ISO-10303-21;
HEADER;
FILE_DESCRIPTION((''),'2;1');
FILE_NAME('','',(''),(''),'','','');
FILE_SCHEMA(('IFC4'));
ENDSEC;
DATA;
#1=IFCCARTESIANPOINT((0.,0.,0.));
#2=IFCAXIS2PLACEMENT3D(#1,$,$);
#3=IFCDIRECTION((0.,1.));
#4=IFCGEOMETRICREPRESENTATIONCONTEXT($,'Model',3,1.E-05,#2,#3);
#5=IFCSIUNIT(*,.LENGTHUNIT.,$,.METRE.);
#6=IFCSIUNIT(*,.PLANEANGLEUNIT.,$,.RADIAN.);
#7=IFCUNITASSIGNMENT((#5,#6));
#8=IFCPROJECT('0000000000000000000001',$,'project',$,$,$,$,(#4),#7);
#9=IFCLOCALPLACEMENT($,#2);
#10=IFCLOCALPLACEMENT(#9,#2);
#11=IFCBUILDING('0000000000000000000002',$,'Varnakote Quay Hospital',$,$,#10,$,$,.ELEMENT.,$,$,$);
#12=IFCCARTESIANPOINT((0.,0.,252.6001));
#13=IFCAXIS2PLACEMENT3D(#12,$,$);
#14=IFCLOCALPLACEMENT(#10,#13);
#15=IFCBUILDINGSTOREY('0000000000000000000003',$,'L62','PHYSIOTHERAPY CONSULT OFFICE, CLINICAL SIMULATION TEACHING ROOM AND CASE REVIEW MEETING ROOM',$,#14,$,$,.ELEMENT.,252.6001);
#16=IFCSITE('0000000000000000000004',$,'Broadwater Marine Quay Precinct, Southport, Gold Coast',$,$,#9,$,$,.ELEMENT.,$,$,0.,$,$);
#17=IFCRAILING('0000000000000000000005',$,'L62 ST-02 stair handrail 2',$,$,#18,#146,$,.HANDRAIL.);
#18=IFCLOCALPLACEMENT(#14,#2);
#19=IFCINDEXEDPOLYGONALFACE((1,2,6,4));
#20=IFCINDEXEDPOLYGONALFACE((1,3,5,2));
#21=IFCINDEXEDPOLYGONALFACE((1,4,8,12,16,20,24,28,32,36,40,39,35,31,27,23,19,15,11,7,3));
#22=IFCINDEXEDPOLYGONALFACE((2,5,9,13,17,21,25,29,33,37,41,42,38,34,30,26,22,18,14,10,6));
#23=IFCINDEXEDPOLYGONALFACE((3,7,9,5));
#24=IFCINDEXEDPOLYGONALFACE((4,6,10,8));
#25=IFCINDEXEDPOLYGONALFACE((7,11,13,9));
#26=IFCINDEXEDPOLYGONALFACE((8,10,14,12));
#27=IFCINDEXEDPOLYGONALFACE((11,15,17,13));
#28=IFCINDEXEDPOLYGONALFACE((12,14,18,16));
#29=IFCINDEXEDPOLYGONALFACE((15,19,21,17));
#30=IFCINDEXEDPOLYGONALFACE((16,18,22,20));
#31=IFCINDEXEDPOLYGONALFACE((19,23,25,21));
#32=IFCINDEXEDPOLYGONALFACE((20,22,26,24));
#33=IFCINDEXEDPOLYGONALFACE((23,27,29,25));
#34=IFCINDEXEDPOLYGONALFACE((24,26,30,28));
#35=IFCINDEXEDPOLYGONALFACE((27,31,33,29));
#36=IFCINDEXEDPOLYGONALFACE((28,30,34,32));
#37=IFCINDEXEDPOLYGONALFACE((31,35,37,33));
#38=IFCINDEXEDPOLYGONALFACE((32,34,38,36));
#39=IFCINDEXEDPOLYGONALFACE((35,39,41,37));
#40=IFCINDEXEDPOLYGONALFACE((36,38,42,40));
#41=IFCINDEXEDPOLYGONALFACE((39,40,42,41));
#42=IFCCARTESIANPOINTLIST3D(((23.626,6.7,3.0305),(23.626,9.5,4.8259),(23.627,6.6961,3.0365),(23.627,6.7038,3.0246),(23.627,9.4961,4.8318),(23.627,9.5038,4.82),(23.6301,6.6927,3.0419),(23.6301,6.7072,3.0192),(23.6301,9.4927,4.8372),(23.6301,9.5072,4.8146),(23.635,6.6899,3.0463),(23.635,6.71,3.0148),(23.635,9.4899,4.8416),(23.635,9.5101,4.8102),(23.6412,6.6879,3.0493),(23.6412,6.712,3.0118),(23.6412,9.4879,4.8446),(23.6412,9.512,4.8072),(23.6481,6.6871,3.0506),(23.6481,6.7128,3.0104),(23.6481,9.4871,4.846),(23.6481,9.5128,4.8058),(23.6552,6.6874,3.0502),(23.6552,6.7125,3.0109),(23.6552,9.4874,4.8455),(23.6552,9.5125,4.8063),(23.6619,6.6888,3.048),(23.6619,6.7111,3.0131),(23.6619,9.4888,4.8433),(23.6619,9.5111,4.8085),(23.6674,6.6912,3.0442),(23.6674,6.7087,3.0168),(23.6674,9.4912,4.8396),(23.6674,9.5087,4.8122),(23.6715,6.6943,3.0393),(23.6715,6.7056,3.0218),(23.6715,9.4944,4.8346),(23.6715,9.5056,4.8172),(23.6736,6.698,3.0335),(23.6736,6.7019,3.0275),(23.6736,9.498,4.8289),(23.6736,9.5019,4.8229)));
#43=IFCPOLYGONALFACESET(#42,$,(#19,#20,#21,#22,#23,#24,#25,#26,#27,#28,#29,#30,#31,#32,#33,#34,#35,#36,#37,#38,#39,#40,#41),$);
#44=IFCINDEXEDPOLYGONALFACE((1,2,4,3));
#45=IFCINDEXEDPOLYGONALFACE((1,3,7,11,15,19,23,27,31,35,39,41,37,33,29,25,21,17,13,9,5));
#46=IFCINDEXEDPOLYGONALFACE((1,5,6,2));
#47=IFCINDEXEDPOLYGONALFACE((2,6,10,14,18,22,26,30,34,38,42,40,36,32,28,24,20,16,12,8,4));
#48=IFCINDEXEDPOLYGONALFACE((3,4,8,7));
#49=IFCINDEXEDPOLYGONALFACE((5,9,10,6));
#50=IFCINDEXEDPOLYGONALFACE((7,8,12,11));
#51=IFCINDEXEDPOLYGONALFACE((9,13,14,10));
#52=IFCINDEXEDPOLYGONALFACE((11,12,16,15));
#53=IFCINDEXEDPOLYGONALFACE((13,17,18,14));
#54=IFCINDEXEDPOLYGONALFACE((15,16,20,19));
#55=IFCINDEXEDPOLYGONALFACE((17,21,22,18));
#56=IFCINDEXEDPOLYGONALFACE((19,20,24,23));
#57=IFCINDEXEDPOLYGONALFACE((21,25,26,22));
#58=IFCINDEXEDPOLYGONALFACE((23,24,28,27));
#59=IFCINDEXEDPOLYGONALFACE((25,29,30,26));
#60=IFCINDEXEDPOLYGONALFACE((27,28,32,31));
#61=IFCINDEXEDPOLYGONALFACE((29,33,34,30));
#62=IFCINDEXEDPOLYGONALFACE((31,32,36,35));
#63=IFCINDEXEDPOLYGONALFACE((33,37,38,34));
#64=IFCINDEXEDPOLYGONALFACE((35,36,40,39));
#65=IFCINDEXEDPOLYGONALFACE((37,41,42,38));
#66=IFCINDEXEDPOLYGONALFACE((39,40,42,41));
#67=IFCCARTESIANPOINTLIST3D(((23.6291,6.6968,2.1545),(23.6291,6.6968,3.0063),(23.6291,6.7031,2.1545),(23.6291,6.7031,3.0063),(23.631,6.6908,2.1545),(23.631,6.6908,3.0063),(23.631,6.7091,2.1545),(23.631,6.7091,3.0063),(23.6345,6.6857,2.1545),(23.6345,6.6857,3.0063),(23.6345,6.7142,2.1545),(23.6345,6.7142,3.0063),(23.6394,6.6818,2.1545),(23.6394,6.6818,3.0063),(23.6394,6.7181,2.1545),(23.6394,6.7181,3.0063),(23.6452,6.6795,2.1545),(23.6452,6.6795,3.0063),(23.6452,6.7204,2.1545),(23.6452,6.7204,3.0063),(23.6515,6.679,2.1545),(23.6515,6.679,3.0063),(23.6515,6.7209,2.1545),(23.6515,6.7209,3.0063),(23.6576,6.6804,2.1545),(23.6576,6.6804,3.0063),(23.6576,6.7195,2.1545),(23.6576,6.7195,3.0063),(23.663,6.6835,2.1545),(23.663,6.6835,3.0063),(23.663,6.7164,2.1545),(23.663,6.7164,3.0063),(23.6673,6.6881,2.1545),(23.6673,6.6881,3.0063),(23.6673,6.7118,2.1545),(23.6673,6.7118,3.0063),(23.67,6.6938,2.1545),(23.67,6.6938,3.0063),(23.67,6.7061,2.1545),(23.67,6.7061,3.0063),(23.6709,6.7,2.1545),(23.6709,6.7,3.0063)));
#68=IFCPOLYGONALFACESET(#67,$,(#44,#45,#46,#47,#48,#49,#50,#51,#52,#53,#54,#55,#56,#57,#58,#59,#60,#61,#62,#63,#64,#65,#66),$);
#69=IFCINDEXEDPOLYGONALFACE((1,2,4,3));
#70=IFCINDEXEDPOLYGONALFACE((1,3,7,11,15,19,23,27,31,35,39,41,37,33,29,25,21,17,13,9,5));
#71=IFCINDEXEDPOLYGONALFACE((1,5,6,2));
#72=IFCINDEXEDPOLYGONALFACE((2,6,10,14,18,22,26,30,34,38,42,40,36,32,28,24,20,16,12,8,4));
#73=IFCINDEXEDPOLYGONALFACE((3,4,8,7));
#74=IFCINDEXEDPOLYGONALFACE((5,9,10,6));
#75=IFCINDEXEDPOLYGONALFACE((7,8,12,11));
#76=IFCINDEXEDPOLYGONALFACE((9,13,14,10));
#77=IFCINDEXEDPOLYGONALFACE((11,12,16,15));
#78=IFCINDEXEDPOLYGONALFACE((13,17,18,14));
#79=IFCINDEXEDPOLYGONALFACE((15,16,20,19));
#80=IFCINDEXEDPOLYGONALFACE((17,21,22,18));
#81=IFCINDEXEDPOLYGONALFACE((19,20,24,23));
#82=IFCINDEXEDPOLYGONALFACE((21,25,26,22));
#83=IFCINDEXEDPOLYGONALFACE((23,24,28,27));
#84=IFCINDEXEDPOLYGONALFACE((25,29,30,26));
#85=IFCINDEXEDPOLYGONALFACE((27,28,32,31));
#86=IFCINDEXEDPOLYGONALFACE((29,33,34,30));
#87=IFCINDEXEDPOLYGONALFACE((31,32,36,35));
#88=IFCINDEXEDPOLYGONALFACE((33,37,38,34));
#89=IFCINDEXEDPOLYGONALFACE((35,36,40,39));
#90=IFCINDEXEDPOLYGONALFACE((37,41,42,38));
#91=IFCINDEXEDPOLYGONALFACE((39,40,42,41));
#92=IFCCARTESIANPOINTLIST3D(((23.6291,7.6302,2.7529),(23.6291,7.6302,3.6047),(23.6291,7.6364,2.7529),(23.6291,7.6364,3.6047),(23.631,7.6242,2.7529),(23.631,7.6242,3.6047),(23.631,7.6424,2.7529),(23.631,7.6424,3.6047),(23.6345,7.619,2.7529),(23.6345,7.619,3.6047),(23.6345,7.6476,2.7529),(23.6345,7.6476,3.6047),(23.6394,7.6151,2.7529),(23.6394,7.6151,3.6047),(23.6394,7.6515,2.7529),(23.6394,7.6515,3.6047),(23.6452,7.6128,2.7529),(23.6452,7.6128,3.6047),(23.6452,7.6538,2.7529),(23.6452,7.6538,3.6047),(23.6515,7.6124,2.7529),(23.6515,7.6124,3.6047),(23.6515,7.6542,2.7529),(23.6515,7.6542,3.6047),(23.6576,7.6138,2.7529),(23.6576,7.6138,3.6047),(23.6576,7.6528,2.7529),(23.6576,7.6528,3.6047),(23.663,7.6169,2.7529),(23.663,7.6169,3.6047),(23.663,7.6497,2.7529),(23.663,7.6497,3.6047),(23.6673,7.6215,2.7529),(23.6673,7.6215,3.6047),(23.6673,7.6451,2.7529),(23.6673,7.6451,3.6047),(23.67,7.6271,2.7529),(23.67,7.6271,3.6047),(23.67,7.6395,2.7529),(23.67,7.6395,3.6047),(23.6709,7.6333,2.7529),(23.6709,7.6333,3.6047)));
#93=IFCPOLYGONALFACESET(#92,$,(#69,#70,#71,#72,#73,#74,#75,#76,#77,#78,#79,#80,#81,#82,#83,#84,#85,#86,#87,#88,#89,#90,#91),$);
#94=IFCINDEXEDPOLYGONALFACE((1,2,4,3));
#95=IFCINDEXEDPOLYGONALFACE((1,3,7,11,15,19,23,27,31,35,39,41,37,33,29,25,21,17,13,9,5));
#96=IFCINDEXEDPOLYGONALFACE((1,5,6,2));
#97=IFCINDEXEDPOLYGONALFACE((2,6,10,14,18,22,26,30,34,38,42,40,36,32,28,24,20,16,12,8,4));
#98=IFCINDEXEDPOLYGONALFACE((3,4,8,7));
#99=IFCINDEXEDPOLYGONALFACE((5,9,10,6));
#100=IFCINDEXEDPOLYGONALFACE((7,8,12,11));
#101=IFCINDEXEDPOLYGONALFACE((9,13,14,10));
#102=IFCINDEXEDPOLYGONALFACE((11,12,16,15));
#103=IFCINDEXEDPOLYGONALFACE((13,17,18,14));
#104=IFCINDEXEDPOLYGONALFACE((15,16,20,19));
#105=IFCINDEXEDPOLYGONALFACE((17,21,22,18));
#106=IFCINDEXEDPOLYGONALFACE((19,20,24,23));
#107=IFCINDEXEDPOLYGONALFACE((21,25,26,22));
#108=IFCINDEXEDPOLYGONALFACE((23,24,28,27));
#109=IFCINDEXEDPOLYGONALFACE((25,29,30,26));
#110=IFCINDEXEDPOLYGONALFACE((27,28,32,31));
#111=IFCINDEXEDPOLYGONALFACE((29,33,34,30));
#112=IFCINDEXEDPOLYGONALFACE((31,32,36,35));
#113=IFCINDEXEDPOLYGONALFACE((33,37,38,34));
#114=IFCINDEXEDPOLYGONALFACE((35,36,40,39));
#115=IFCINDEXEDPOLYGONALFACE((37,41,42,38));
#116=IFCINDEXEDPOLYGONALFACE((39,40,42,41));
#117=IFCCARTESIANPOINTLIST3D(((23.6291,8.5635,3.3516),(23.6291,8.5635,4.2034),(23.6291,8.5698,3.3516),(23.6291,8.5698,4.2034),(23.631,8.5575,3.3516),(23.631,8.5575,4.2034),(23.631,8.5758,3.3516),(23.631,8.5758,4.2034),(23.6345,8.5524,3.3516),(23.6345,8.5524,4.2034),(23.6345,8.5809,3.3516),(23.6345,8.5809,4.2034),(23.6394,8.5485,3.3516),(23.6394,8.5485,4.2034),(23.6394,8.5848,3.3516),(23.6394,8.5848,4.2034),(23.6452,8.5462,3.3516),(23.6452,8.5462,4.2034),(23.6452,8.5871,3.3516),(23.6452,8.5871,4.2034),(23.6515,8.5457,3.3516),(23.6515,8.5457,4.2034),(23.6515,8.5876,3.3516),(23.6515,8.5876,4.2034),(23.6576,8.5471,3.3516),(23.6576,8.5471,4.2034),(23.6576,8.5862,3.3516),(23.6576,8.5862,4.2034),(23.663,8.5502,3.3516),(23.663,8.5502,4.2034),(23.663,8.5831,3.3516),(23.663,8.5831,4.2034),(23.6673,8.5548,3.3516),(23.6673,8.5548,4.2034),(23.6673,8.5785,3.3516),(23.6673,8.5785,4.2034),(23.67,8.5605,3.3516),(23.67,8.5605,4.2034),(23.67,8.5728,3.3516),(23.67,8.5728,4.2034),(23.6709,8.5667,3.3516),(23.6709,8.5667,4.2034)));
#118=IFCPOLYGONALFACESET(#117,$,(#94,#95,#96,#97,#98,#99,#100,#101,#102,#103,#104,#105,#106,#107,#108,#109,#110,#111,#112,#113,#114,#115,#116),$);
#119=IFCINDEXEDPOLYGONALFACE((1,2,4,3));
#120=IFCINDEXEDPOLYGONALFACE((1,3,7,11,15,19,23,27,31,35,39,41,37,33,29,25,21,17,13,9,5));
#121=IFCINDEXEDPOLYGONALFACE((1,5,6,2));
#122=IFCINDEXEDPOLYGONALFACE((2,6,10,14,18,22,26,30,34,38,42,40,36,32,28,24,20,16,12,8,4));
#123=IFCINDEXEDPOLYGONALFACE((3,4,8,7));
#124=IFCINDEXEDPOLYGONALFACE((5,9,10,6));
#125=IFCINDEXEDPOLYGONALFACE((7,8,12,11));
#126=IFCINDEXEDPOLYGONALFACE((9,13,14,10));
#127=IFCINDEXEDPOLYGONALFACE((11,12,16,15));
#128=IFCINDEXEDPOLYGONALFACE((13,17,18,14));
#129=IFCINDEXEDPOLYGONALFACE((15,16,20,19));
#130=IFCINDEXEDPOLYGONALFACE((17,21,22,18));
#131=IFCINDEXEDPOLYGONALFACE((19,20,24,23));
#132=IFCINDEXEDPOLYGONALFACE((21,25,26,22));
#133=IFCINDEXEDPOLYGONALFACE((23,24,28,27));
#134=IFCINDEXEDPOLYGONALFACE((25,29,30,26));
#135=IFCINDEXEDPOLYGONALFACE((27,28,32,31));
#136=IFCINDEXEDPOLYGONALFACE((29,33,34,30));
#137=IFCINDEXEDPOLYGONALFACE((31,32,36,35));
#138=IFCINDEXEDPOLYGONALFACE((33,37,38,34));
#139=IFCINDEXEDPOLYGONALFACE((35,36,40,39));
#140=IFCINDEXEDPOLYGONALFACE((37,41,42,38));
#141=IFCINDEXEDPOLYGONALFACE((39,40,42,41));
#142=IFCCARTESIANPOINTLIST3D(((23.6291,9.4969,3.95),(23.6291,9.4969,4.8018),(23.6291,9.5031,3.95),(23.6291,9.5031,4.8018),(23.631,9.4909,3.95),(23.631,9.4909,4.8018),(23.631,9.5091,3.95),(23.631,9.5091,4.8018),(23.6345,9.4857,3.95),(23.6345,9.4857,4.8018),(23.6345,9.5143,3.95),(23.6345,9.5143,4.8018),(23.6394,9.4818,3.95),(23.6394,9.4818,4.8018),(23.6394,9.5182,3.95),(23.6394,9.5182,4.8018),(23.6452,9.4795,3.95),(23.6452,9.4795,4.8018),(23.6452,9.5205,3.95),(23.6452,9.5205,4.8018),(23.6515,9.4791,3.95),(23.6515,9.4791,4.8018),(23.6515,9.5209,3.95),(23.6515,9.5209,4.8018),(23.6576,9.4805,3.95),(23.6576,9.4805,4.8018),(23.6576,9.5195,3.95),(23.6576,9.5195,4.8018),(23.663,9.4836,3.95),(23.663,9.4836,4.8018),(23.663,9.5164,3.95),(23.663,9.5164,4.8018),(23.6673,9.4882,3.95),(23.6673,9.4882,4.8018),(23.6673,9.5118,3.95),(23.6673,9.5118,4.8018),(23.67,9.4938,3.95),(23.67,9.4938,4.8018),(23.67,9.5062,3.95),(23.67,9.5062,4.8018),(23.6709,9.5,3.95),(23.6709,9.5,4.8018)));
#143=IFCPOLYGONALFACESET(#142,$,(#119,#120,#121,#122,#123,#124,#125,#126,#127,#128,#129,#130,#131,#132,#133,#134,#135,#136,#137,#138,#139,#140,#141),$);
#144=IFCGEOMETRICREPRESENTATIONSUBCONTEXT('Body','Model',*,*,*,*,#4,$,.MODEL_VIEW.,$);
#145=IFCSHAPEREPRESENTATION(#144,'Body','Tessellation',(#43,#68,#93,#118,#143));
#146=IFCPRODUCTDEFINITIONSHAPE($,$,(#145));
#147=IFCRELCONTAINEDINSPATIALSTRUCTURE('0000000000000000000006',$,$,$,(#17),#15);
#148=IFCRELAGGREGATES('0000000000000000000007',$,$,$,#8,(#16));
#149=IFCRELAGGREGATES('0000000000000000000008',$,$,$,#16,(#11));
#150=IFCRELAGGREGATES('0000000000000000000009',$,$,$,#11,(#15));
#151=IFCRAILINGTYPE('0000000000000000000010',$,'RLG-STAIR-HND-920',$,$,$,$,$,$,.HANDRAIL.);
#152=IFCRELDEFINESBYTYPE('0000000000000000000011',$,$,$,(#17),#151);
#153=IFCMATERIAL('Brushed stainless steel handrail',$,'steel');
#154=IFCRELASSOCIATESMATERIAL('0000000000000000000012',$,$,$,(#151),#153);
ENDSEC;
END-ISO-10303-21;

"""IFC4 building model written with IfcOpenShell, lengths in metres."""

from ifc_helpers import new_model, si_unit, direction, frame, origin, origin_2d, place, context, subcontext, project, spatial, circle, extrude, material, type_object, element, save


model = new_model("IFC4")

# Units and contexts
model_context = context("Model", 3, precision=1e-05, world=origin(), true_north=direction((0.0, 1.0)))
body_context = subcontext(model_context, "Body", "Model", "MODEL_VIEW")
ifc_project = project(units=[si_unit("LENGTHUNIT", "METRE"), si_unit("PLANEANGLEUNIT", "RADIAN")], contexts=[model_context])

# Site, building, storey
site_placement = place(None, origin())
site = spatial("IfcSite", under=ifc_project, at=site_placement, Name="Broadwater Marine Quay Precinct, Southport, Gold Coast", CompositionType="ELEMENT", RefElevation=0.0)
building_placement = place(site_placement, origin())
building = spatial("IfcBuilding", under=site, at=building_placement, Name="Varnakote Quay Hospital", CompositionType="ELEMENT")
storey_placement = place(building_placement, frame((0.0, 0.0, 252.6001)))
storey = spatial("IfcBuildingStorey", under=building, at=storey_placement, Name="L62", Description="PHYSIOTHERAPY CONSULT OFFICE, CLINICAL SIMULATION TEACHING ROOM AND CASE REVIEW MEETING ROOM", CompositionType="ELEMENT", Elevation=252.6001)

# Railing
ifc_material_1 = material(Name="Brushed stainless steel handrail", Category="steel")
railing_type = type_object("IfcRailingType", Name="RLG-STAIR-HND-920", PredefinedType="HANDRAIL", material=ifc_material_1)
railing_placement = place(storey_placement, frame((23.6499, 6.7, 2.1545)))
element("IfcRailing", 1, at=railing_placement, inside=storey, type_object=railing_type, Name="L62 ST-02 stair handrail 2", PredefinedType="HANDRAIL", context=body_context, shape_type="SweptSolid", body=[
    extrude(circle(Radius=0.0239, at=origin_2d()), frame((0.0, 0.0, 0.876), z_axis=(0.0, 0.84181, 0.539774), x_axis=(-1.0, 0.0, 0.0)), (0.0, 0.0, 1.0), 3.3262),
    extrude(circle(Radius=0.021, at=origin_2d()), origin(), (0.0, 0.0, 1.0), 0.8518),
    extrude(circle(Radius=0.021, at=origin_2d()), frame((0.0, 0.9333, 0.5984)), (0.0, 0.0, 1.0), 0.8518),
    extrude(circle(Radius=0.021, at=origin_2d()), frame((0.0, 1.8667, 1.197)), (0.0, 0.0, 1.0), 0.8518),
    extrude(circle(Radius=0.021, at=origin_2d()), frame((0.0, 2.8, 1.7954)), (0.0, 0.0, 1.0), 0.8518),
])

save(model, "model.ifc")
